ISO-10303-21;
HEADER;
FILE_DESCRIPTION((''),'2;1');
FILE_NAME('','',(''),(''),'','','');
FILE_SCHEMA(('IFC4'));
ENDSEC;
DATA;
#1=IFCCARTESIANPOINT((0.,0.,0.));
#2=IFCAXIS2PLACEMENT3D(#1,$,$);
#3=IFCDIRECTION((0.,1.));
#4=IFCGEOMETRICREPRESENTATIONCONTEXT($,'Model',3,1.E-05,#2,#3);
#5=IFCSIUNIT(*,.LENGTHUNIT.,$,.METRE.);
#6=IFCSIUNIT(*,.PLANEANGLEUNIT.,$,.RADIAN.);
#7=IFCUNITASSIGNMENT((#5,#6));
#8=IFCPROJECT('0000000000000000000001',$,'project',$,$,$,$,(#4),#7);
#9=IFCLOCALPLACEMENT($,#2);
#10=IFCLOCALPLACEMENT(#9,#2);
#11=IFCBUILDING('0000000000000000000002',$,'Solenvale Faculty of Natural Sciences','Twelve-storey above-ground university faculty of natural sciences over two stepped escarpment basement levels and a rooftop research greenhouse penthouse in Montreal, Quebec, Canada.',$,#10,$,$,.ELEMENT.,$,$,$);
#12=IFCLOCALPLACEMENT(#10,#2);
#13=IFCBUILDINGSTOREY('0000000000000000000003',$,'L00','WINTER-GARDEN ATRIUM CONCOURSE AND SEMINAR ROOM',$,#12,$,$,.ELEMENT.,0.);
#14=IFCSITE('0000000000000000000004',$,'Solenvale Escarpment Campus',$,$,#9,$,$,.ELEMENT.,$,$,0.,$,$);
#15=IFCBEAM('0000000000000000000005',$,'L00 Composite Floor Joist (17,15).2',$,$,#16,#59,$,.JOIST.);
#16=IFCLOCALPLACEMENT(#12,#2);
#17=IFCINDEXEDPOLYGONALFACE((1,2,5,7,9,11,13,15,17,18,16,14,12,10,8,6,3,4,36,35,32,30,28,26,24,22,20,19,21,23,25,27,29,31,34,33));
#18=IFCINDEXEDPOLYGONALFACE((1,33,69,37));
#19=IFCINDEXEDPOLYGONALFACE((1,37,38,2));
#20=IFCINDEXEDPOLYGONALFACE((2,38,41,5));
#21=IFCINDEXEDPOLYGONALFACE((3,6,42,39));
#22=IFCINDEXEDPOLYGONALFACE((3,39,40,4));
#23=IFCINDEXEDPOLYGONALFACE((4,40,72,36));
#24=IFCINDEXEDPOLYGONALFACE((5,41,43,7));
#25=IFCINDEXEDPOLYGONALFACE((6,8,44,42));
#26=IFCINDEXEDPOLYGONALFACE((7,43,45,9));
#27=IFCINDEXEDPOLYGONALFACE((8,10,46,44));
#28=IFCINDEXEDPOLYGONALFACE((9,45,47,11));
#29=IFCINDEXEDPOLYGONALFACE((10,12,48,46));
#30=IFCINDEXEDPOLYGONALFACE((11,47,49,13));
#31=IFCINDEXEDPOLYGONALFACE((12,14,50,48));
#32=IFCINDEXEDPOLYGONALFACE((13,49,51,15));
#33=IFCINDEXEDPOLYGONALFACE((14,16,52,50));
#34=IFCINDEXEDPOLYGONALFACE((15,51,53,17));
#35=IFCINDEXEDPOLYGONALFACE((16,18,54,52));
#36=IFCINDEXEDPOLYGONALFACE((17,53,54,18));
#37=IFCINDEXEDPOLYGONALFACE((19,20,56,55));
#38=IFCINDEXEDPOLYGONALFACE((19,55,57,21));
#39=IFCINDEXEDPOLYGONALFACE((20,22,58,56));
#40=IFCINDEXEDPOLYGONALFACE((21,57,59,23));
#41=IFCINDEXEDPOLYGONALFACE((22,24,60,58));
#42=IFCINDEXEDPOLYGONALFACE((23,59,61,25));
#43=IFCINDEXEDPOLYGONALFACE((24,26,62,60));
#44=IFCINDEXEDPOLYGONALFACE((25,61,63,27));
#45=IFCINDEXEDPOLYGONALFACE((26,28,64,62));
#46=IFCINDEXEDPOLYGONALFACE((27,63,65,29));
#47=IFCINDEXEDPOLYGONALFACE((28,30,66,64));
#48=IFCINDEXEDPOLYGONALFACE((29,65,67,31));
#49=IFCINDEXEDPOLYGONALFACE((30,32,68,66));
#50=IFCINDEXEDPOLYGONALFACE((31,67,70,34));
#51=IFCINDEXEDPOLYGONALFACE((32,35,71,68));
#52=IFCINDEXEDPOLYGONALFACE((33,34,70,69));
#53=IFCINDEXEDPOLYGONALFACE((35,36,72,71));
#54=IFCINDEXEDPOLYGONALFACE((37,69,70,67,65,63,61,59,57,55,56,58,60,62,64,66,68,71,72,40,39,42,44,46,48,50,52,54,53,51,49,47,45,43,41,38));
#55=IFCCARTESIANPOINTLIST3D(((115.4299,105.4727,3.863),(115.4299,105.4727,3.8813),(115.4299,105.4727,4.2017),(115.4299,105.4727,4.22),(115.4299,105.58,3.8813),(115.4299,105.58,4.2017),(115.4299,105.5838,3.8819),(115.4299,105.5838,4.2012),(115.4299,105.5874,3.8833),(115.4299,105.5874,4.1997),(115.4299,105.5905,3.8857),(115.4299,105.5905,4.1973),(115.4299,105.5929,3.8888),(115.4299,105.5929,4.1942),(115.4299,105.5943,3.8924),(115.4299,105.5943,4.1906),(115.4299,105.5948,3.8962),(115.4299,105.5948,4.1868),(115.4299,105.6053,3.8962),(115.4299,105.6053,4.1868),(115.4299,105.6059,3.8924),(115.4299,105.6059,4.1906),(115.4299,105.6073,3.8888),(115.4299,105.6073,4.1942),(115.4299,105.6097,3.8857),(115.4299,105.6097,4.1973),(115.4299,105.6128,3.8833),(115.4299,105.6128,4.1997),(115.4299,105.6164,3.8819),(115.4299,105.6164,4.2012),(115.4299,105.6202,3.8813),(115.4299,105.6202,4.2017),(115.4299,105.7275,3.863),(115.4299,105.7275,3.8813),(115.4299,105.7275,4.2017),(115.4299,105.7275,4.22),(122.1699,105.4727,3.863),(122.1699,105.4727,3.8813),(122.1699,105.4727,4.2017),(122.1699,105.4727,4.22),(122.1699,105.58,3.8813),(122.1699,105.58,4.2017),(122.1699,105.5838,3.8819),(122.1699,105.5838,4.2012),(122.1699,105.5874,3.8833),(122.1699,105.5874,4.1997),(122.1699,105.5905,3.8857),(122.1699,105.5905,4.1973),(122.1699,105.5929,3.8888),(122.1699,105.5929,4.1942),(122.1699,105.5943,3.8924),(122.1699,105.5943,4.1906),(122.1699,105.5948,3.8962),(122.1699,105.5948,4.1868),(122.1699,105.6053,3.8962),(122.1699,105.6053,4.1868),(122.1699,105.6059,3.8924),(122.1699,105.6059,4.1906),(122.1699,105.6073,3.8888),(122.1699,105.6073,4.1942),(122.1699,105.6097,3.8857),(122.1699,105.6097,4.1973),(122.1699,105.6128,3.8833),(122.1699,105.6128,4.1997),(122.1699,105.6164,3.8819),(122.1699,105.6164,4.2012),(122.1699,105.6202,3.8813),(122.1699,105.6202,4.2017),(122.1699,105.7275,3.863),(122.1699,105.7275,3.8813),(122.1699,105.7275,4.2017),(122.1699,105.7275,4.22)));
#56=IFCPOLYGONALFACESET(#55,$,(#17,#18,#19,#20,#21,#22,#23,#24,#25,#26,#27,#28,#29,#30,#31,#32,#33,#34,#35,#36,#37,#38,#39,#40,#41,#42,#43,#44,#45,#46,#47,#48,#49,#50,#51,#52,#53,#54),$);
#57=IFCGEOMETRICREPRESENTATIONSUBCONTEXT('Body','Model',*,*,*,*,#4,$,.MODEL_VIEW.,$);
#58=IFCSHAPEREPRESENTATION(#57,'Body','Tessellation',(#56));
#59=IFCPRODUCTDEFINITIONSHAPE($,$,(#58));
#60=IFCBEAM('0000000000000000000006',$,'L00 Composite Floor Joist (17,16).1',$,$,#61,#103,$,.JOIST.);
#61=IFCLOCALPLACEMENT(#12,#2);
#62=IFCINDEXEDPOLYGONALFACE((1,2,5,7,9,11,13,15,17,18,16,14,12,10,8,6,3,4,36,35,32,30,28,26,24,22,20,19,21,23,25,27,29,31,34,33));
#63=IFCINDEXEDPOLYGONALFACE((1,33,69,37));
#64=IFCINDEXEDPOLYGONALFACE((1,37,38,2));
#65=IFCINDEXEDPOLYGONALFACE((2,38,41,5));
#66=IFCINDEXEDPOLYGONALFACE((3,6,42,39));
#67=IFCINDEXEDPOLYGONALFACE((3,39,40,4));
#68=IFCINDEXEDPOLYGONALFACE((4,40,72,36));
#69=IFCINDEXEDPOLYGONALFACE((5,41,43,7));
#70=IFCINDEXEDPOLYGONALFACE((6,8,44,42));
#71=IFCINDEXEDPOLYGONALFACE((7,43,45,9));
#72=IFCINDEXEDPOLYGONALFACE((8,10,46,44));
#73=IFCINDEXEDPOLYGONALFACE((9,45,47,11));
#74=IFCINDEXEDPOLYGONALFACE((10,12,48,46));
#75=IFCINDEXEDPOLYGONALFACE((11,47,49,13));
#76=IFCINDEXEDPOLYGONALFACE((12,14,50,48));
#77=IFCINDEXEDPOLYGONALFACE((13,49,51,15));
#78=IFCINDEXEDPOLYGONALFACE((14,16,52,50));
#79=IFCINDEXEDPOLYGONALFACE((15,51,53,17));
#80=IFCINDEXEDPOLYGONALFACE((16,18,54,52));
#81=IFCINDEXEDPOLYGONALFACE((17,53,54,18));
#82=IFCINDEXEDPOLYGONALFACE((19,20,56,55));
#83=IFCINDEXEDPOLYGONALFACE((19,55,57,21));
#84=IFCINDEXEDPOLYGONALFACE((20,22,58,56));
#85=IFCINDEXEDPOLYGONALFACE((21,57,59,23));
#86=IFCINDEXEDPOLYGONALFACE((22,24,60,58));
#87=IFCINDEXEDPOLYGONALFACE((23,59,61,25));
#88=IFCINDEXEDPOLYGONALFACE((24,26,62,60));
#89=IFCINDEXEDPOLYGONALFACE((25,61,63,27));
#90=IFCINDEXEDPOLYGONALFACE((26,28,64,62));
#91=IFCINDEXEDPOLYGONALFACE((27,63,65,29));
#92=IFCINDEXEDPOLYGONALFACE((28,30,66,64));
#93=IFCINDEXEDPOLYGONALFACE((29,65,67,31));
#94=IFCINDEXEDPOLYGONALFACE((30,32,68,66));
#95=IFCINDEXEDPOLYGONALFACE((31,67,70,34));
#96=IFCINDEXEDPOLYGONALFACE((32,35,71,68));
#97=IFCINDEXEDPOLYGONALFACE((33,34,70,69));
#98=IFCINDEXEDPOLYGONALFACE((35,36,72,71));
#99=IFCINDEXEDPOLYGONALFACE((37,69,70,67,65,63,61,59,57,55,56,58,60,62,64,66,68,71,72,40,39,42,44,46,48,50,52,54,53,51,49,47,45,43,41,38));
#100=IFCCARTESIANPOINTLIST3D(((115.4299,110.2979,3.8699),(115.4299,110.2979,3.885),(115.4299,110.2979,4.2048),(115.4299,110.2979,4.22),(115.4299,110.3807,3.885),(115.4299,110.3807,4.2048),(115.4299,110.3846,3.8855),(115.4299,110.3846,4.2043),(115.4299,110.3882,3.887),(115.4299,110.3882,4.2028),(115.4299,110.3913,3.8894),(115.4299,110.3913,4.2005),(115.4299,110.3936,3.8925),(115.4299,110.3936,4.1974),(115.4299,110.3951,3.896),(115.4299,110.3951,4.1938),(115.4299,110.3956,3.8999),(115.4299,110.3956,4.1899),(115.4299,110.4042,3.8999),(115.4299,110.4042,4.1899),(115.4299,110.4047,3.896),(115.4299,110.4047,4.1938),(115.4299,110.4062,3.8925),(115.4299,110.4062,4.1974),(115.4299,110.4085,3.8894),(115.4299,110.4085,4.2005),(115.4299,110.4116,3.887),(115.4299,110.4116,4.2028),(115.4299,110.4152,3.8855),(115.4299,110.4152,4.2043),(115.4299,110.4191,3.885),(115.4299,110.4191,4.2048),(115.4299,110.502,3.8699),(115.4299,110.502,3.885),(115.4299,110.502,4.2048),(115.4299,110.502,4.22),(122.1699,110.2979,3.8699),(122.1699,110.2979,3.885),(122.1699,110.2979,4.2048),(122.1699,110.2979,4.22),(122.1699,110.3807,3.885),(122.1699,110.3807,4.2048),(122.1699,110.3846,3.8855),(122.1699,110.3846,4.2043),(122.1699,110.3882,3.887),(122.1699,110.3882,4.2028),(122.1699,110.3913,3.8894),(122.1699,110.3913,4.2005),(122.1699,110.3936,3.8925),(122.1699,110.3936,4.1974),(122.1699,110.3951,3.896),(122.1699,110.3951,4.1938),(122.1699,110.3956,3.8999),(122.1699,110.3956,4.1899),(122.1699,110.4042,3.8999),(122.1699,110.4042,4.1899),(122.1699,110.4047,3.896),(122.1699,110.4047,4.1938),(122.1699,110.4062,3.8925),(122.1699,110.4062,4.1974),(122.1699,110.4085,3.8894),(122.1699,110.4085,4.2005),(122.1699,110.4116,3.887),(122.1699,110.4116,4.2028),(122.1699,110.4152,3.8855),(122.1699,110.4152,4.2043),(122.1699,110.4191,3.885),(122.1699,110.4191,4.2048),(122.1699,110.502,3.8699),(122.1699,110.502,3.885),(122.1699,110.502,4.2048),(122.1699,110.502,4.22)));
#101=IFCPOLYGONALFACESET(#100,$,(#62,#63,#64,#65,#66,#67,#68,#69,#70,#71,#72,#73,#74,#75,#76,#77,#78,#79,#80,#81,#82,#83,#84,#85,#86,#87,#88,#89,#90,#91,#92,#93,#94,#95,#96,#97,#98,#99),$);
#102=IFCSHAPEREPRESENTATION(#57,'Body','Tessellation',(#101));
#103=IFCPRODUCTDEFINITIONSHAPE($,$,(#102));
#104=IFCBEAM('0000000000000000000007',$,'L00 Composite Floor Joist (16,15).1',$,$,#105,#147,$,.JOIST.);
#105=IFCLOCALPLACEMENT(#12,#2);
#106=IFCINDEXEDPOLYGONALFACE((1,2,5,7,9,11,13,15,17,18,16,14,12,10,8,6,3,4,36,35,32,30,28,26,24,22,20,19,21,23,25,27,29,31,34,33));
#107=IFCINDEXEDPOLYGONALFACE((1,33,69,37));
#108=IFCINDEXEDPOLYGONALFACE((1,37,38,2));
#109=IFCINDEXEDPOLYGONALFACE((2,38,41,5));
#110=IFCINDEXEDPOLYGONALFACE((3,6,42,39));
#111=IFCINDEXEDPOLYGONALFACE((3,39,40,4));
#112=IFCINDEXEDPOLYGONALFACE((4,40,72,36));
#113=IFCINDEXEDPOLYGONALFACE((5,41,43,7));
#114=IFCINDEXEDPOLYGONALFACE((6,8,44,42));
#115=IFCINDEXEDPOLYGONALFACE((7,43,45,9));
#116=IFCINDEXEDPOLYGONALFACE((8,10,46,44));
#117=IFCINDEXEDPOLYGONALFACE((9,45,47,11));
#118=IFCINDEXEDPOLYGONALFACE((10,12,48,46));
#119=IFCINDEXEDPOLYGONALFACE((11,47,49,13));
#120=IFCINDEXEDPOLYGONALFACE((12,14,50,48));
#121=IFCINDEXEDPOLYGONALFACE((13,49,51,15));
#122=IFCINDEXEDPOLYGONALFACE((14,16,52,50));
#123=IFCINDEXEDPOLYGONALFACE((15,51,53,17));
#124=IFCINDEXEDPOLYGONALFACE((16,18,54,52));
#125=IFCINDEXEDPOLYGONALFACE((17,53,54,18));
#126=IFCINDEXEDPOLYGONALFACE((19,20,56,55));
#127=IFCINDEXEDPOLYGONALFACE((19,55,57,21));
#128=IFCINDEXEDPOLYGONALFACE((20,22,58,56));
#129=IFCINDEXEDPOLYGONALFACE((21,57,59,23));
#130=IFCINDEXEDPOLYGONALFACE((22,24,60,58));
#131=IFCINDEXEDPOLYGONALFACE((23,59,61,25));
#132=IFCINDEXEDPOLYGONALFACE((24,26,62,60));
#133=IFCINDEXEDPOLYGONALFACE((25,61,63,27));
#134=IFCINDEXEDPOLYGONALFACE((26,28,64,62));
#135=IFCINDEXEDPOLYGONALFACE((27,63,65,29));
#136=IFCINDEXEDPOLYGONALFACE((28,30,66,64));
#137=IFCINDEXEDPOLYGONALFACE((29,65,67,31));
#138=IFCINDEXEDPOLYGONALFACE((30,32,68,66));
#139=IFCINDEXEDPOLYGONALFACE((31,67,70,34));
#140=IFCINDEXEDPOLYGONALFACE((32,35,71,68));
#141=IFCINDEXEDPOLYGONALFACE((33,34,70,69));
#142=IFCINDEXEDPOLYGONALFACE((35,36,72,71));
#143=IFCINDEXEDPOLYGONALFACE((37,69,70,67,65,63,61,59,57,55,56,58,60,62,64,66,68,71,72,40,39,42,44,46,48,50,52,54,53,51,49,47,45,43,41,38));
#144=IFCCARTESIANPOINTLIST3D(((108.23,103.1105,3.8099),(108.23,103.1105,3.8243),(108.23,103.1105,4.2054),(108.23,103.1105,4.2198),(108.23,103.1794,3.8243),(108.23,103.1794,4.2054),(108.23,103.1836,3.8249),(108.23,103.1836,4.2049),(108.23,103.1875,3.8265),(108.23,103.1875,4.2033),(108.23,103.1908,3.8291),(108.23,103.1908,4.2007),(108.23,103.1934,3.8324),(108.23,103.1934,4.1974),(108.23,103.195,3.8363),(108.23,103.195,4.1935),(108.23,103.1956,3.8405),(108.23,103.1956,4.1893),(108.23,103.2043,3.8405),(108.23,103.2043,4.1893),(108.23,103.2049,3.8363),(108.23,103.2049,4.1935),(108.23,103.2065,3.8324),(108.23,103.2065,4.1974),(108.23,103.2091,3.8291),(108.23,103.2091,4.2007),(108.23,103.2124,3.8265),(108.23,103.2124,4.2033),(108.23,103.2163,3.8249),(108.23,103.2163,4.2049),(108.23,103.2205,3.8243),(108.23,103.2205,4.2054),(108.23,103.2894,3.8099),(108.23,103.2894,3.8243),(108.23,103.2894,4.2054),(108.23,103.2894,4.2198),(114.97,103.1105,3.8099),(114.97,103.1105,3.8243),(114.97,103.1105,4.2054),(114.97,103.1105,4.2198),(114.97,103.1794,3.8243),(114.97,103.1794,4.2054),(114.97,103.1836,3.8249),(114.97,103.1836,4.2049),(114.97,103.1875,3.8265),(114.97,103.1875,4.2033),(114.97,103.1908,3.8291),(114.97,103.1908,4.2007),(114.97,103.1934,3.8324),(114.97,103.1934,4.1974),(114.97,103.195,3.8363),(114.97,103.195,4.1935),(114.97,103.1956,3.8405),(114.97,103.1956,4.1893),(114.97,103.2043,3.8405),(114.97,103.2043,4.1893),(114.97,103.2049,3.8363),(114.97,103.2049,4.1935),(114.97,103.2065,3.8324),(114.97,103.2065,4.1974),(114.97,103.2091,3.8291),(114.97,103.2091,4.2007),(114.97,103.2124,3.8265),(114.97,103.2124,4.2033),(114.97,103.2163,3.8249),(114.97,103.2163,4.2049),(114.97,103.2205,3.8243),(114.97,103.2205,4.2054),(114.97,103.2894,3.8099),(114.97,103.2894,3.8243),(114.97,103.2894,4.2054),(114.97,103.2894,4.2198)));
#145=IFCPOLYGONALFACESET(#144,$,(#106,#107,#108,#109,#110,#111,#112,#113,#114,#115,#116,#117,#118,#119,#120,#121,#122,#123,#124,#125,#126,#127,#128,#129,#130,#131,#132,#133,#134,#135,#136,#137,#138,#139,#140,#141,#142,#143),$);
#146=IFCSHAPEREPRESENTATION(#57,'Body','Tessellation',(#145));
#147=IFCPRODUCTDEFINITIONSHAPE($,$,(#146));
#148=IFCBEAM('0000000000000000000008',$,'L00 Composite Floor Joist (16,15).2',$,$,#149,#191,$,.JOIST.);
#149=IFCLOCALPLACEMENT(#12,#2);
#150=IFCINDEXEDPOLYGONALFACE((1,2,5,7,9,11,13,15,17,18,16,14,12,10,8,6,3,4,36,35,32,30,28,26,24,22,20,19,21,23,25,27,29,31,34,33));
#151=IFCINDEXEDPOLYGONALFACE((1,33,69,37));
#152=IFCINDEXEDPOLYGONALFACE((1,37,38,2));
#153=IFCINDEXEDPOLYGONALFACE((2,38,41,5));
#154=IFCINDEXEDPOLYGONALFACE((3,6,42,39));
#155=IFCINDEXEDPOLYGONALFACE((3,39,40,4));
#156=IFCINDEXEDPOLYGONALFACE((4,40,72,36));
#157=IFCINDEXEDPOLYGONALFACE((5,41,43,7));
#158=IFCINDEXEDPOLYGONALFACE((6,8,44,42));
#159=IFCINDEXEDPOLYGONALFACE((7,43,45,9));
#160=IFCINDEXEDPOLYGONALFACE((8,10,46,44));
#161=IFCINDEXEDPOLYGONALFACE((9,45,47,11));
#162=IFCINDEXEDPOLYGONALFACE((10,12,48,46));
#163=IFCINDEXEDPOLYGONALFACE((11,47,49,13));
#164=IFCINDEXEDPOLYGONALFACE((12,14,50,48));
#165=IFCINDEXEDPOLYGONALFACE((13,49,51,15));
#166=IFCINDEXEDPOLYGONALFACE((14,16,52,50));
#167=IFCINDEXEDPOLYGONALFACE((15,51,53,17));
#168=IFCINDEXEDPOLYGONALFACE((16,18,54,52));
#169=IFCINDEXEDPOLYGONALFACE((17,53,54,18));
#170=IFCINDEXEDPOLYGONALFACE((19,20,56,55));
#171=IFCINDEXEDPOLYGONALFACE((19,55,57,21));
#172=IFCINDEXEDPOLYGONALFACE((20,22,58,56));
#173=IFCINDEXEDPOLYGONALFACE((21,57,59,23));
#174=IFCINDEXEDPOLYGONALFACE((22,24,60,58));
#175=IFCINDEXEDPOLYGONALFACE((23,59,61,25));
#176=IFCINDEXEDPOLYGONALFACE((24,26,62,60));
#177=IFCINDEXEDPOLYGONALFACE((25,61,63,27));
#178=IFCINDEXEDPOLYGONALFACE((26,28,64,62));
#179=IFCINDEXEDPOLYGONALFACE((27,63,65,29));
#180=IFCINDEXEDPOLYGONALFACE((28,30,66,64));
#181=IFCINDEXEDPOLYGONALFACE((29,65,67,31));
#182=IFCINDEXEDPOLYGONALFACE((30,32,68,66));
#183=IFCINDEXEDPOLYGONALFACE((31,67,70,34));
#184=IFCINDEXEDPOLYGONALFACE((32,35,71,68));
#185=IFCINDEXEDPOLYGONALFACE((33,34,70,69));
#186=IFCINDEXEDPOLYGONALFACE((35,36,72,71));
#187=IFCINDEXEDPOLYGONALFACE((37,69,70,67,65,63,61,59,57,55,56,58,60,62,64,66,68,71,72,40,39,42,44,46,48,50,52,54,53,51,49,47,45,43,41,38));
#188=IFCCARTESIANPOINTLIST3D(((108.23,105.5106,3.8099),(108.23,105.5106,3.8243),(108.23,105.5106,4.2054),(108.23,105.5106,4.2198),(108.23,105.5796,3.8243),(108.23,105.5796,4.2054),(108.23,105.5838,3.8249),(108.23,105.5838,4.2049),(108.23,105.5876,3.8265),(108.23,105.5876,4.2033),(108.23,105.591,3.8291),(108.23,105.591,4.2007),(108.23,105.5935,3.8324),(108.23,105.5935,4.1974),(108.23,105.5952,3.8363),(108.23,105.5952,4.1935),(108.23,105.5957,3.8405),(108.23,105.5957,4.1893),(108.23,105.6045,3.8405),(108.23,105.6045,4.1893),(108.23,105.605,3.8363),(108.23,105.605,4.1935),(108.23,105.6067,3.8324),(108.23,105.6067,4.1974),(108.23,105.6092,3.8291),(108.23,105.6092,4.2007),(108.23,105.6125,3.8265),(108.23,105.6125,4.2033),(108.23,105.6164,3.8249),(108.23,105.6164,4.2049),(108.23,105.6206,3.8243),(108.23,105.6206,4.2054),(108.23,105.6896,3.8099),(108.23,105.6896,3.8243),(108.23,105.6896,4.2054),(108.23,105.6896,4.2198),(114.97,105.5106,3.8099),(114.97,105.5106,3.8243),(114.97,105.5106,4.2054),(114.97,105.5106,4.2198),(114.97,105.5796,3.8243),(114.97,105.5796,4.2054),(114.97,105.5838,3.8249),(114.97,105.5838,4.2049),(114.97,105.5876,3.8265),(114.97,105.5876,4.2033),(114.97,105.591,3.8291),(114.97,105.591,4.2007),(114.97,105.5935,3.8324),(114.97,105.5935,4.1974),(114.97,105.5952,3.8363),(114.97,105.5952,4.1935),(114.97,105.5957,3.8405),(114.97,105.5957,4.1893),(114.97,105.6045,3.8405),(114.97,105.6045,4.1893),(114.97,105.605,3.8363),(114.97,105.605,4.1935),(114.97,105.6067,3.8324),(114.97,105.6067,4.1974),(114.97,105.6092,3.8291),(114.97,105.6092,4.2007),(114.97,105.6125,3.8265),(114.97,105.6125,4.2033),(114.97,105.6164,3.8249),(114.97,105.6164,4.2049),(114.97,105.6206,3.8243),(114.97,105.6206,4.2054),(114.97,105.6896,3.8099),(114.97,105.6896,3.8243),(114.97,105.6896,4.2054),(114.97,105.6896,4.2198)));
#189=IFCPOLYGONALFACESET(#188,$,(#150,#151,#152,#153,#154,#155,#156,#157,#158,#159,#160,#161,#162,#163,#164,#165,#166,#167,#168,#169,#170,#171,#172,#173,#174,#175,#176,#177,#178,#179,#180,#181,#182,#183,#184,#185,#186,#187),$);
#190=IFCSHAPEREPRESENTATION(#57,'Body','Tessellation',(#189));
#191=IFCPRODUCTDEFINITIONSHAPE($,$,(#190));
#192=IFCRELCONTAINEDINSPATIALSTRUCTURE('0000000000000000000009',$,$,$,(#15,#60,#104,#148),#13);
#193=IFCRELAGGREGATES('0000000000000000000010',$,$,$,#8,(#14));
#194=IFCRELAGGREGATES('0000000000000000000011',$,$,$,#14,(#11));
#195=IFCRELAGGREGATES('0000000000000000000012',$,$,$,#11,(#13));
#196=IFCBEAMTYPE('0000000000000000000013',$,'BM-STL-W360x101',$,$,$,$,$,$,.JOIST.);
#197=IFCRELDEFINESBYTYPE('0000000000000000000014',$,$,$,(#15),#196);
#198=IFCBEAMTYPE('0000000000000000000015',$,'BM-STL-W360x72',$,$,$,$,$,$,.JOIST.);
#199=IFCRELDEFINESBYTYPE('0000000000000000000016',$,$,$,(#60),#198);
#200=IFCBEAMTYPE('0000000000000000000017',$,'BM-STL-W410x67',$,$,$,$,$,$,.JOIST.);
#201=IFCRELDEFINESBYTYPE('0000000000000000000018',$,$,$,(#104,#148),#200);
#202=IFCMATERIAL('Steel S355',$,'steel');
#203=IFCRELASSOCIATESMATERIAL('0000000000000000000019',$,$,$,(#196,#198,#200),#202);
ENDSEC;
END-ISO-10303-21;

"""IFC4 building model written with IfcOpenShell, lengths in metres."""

from ifc_helpers import new_model, si_unit, direction, frame, origin, origin_2d, place, context, subcontext, project, spatial, i_section, extrude, material, material_profile, profile_set, type_object, element, save


model = new_model("IFC4")

# Units and contexts
model_context = context("Model", 3, precision=1e-05, world=origin(), true_north=direction((0.0, 1.0)))
body_context = subcontext(model_context, "Body", "Model", "MODEL_VIEW")
ifc_project = project(units=[si_unit("LENGTHUNIT", "METRE"), si_unit("PLANEANGLEUNIT", "RADIAN")], contexts=[model_context])

# Site, building, storey
site_placement = place(None, origin())
site = spatial("IfcSite", under=ifc_project, at=site_placement, Name="Solenvale Escarpment Campus", CompositionType="ELEMENT", RefElevation=0.0)
building_placement = place(site_placement, origin())
building = spatial("IfcBuilding", under=site, at=building_placement, Name="Solenvale Faculty of Natural Sciences", Description="Twelve-storey above-ground university faculty of natural sciences over two stepped escarpment basement levels and a rooftop research greenhouse penthouse in Montreal, Quebec, Canada.", CompositionType="ELEMENT")
storey_placement = place(building_placement, origin())
storey = spatial("IfcBuildingStorey", under=building, at=storey_placement, Name="L00", Description="WINTER-GARDEN ATRIUM CONCOURSE AND SEMINAR ROOM", CompositionType="ELEMENT", Elevation=0.0)

# Beams
ifc_material_1 = material(Name="Steel S355", Category="steel")
ifc_material_profile_1 = material_profile(ifc_material_1, i_section(OverallWidth=0.2549, OverallDepth=0.3569, WebThickness=0.0105, FlangeThickness=0.0183, FilletRadius=0.0149, at=origin_2d()), Name="W360x101")
ifc_profile_set_1 = profile_set([ifc_material_profile_1], Name="Steel S355")
beam_type_1 = type_object("IfcBeamType", Name="BM-STL-W360x101", PredefinedType="JOIST", material=ifc_profile_set_1)
for number, where, z_axis, x_axis, name in (
    (1, (115.4299, 105.6001, 4.0415), (1.0, 0.0, 0.0), (0.0, 1.0, 0.0), "L00 Composite Floor Joist (17,15).2"),
):
    element("IfcBeam", number, at=place(storey_placement, frame(where, z_axis=z_axis, x_axis=x_axis)), inside=storey, type_object=beam_type_1, Name=name, PredefinedType="JOIST", context=body_context, shape_type="SweptSolid", body=[
        extrude(i_section(OverallWidth=0.2549, OverallDepth=0.3569, WebThickness=0.0105, FlangeThickness=0.0183, FilletRadius=0.0149, at=origin_2d()), origin(), (0.0, 0.0, 1.0), 6.74),
    ])
ifc_material_profile_2 = material_profile(ifc_material_1, i_section(OverallWidth=0.2041, OverallDepth=0.3501, WebThickness=0.0085, FlangeThickness=0.0151, FilletRadius=0.0149, at=origin_2d()), Name="W360x72")
ifc_profile_set_2 = profile_set([ifc_material_profile_2], Name="Steel S355")
beam_type_2 = type_object("IfcBeamType", Name="BM-STL-W360x72", PredefinedType="JOIST", material=ifc_profile_set_2)
beam_placement = place(storey_placement, frame((115.4299, 110.3999, 4.0449), z_axis=(1.0, 0.0, 0.0), x_axis=(0.0, 1.0, 0.0)))
element("IfcBeam", 2, at=beam_placement, inside=storey, type_object=beam_type_2, Name="L00 Composite Floor Joist (17,16).1", PredefinedType="JOIST", context=body_context, shape_type="SweptSolid", body=[
    extrude(i_section(OverallWidth=0.2041, OverallDepth=0.3501, WebThickness=0.0085, FlangeThickness=0.0151, FilletRadius=0.0149, at=origin_2d()), origin(), (0.0, 0.0, 1.0), 6.74),
])
ifc_material_profile_3 = material_profile(ifc_material_1, i_section(OverallWidth=0.179, OverallDepth=0.4099, WebThickness=0.0088, FlangeThickness=0.0144, FilletRadius=0.0161, at=origin_2d()), Name="W410x67")
ifc_profile_set_3 = profile_set([ifc_material_profile_3], Name="Steel S355")
beam_type_3 = type_object("IfcBeamType", Name="BM-STL-W410x67", PredefinedType="JOIST", material=ifc_profile_set_3)
for number, where, z_axis, x_axis, name in (
    (3, (108.23, 103.2, 4.0149), (1.0, 0.0, 0.0), (0.0, 1.0, 0.0), "L00 Composite Floor Joist (16,15).1"),
    (4, (108.23, 105.6001, 4.0149), (1.0, 0.0, 0.0), (0.0, 1.0, 0.0), "L00 Composite Floor Joist (16,15).2"),
):
    element("IfcBeam", number, at=place(storey_placement, frame(where, z_axis=z_axis, x_axis=x_axis)), inside=storey, type_object=beam_type_3, Name=name, PredefinedType="JOIST", context=body_context, shape_type="SweptSolid", body=[
        extrude(i_section(OverallWidth=0.179, OverallDepth=0.4099, WebThickness=0.0088, FlangeThickness=0.0144, FilletRadius=0.0161, at=origin_2d()), origin(), (0.0, 0.0, 1.0), 6.74),
    ])

save(model, "model.ifc")
